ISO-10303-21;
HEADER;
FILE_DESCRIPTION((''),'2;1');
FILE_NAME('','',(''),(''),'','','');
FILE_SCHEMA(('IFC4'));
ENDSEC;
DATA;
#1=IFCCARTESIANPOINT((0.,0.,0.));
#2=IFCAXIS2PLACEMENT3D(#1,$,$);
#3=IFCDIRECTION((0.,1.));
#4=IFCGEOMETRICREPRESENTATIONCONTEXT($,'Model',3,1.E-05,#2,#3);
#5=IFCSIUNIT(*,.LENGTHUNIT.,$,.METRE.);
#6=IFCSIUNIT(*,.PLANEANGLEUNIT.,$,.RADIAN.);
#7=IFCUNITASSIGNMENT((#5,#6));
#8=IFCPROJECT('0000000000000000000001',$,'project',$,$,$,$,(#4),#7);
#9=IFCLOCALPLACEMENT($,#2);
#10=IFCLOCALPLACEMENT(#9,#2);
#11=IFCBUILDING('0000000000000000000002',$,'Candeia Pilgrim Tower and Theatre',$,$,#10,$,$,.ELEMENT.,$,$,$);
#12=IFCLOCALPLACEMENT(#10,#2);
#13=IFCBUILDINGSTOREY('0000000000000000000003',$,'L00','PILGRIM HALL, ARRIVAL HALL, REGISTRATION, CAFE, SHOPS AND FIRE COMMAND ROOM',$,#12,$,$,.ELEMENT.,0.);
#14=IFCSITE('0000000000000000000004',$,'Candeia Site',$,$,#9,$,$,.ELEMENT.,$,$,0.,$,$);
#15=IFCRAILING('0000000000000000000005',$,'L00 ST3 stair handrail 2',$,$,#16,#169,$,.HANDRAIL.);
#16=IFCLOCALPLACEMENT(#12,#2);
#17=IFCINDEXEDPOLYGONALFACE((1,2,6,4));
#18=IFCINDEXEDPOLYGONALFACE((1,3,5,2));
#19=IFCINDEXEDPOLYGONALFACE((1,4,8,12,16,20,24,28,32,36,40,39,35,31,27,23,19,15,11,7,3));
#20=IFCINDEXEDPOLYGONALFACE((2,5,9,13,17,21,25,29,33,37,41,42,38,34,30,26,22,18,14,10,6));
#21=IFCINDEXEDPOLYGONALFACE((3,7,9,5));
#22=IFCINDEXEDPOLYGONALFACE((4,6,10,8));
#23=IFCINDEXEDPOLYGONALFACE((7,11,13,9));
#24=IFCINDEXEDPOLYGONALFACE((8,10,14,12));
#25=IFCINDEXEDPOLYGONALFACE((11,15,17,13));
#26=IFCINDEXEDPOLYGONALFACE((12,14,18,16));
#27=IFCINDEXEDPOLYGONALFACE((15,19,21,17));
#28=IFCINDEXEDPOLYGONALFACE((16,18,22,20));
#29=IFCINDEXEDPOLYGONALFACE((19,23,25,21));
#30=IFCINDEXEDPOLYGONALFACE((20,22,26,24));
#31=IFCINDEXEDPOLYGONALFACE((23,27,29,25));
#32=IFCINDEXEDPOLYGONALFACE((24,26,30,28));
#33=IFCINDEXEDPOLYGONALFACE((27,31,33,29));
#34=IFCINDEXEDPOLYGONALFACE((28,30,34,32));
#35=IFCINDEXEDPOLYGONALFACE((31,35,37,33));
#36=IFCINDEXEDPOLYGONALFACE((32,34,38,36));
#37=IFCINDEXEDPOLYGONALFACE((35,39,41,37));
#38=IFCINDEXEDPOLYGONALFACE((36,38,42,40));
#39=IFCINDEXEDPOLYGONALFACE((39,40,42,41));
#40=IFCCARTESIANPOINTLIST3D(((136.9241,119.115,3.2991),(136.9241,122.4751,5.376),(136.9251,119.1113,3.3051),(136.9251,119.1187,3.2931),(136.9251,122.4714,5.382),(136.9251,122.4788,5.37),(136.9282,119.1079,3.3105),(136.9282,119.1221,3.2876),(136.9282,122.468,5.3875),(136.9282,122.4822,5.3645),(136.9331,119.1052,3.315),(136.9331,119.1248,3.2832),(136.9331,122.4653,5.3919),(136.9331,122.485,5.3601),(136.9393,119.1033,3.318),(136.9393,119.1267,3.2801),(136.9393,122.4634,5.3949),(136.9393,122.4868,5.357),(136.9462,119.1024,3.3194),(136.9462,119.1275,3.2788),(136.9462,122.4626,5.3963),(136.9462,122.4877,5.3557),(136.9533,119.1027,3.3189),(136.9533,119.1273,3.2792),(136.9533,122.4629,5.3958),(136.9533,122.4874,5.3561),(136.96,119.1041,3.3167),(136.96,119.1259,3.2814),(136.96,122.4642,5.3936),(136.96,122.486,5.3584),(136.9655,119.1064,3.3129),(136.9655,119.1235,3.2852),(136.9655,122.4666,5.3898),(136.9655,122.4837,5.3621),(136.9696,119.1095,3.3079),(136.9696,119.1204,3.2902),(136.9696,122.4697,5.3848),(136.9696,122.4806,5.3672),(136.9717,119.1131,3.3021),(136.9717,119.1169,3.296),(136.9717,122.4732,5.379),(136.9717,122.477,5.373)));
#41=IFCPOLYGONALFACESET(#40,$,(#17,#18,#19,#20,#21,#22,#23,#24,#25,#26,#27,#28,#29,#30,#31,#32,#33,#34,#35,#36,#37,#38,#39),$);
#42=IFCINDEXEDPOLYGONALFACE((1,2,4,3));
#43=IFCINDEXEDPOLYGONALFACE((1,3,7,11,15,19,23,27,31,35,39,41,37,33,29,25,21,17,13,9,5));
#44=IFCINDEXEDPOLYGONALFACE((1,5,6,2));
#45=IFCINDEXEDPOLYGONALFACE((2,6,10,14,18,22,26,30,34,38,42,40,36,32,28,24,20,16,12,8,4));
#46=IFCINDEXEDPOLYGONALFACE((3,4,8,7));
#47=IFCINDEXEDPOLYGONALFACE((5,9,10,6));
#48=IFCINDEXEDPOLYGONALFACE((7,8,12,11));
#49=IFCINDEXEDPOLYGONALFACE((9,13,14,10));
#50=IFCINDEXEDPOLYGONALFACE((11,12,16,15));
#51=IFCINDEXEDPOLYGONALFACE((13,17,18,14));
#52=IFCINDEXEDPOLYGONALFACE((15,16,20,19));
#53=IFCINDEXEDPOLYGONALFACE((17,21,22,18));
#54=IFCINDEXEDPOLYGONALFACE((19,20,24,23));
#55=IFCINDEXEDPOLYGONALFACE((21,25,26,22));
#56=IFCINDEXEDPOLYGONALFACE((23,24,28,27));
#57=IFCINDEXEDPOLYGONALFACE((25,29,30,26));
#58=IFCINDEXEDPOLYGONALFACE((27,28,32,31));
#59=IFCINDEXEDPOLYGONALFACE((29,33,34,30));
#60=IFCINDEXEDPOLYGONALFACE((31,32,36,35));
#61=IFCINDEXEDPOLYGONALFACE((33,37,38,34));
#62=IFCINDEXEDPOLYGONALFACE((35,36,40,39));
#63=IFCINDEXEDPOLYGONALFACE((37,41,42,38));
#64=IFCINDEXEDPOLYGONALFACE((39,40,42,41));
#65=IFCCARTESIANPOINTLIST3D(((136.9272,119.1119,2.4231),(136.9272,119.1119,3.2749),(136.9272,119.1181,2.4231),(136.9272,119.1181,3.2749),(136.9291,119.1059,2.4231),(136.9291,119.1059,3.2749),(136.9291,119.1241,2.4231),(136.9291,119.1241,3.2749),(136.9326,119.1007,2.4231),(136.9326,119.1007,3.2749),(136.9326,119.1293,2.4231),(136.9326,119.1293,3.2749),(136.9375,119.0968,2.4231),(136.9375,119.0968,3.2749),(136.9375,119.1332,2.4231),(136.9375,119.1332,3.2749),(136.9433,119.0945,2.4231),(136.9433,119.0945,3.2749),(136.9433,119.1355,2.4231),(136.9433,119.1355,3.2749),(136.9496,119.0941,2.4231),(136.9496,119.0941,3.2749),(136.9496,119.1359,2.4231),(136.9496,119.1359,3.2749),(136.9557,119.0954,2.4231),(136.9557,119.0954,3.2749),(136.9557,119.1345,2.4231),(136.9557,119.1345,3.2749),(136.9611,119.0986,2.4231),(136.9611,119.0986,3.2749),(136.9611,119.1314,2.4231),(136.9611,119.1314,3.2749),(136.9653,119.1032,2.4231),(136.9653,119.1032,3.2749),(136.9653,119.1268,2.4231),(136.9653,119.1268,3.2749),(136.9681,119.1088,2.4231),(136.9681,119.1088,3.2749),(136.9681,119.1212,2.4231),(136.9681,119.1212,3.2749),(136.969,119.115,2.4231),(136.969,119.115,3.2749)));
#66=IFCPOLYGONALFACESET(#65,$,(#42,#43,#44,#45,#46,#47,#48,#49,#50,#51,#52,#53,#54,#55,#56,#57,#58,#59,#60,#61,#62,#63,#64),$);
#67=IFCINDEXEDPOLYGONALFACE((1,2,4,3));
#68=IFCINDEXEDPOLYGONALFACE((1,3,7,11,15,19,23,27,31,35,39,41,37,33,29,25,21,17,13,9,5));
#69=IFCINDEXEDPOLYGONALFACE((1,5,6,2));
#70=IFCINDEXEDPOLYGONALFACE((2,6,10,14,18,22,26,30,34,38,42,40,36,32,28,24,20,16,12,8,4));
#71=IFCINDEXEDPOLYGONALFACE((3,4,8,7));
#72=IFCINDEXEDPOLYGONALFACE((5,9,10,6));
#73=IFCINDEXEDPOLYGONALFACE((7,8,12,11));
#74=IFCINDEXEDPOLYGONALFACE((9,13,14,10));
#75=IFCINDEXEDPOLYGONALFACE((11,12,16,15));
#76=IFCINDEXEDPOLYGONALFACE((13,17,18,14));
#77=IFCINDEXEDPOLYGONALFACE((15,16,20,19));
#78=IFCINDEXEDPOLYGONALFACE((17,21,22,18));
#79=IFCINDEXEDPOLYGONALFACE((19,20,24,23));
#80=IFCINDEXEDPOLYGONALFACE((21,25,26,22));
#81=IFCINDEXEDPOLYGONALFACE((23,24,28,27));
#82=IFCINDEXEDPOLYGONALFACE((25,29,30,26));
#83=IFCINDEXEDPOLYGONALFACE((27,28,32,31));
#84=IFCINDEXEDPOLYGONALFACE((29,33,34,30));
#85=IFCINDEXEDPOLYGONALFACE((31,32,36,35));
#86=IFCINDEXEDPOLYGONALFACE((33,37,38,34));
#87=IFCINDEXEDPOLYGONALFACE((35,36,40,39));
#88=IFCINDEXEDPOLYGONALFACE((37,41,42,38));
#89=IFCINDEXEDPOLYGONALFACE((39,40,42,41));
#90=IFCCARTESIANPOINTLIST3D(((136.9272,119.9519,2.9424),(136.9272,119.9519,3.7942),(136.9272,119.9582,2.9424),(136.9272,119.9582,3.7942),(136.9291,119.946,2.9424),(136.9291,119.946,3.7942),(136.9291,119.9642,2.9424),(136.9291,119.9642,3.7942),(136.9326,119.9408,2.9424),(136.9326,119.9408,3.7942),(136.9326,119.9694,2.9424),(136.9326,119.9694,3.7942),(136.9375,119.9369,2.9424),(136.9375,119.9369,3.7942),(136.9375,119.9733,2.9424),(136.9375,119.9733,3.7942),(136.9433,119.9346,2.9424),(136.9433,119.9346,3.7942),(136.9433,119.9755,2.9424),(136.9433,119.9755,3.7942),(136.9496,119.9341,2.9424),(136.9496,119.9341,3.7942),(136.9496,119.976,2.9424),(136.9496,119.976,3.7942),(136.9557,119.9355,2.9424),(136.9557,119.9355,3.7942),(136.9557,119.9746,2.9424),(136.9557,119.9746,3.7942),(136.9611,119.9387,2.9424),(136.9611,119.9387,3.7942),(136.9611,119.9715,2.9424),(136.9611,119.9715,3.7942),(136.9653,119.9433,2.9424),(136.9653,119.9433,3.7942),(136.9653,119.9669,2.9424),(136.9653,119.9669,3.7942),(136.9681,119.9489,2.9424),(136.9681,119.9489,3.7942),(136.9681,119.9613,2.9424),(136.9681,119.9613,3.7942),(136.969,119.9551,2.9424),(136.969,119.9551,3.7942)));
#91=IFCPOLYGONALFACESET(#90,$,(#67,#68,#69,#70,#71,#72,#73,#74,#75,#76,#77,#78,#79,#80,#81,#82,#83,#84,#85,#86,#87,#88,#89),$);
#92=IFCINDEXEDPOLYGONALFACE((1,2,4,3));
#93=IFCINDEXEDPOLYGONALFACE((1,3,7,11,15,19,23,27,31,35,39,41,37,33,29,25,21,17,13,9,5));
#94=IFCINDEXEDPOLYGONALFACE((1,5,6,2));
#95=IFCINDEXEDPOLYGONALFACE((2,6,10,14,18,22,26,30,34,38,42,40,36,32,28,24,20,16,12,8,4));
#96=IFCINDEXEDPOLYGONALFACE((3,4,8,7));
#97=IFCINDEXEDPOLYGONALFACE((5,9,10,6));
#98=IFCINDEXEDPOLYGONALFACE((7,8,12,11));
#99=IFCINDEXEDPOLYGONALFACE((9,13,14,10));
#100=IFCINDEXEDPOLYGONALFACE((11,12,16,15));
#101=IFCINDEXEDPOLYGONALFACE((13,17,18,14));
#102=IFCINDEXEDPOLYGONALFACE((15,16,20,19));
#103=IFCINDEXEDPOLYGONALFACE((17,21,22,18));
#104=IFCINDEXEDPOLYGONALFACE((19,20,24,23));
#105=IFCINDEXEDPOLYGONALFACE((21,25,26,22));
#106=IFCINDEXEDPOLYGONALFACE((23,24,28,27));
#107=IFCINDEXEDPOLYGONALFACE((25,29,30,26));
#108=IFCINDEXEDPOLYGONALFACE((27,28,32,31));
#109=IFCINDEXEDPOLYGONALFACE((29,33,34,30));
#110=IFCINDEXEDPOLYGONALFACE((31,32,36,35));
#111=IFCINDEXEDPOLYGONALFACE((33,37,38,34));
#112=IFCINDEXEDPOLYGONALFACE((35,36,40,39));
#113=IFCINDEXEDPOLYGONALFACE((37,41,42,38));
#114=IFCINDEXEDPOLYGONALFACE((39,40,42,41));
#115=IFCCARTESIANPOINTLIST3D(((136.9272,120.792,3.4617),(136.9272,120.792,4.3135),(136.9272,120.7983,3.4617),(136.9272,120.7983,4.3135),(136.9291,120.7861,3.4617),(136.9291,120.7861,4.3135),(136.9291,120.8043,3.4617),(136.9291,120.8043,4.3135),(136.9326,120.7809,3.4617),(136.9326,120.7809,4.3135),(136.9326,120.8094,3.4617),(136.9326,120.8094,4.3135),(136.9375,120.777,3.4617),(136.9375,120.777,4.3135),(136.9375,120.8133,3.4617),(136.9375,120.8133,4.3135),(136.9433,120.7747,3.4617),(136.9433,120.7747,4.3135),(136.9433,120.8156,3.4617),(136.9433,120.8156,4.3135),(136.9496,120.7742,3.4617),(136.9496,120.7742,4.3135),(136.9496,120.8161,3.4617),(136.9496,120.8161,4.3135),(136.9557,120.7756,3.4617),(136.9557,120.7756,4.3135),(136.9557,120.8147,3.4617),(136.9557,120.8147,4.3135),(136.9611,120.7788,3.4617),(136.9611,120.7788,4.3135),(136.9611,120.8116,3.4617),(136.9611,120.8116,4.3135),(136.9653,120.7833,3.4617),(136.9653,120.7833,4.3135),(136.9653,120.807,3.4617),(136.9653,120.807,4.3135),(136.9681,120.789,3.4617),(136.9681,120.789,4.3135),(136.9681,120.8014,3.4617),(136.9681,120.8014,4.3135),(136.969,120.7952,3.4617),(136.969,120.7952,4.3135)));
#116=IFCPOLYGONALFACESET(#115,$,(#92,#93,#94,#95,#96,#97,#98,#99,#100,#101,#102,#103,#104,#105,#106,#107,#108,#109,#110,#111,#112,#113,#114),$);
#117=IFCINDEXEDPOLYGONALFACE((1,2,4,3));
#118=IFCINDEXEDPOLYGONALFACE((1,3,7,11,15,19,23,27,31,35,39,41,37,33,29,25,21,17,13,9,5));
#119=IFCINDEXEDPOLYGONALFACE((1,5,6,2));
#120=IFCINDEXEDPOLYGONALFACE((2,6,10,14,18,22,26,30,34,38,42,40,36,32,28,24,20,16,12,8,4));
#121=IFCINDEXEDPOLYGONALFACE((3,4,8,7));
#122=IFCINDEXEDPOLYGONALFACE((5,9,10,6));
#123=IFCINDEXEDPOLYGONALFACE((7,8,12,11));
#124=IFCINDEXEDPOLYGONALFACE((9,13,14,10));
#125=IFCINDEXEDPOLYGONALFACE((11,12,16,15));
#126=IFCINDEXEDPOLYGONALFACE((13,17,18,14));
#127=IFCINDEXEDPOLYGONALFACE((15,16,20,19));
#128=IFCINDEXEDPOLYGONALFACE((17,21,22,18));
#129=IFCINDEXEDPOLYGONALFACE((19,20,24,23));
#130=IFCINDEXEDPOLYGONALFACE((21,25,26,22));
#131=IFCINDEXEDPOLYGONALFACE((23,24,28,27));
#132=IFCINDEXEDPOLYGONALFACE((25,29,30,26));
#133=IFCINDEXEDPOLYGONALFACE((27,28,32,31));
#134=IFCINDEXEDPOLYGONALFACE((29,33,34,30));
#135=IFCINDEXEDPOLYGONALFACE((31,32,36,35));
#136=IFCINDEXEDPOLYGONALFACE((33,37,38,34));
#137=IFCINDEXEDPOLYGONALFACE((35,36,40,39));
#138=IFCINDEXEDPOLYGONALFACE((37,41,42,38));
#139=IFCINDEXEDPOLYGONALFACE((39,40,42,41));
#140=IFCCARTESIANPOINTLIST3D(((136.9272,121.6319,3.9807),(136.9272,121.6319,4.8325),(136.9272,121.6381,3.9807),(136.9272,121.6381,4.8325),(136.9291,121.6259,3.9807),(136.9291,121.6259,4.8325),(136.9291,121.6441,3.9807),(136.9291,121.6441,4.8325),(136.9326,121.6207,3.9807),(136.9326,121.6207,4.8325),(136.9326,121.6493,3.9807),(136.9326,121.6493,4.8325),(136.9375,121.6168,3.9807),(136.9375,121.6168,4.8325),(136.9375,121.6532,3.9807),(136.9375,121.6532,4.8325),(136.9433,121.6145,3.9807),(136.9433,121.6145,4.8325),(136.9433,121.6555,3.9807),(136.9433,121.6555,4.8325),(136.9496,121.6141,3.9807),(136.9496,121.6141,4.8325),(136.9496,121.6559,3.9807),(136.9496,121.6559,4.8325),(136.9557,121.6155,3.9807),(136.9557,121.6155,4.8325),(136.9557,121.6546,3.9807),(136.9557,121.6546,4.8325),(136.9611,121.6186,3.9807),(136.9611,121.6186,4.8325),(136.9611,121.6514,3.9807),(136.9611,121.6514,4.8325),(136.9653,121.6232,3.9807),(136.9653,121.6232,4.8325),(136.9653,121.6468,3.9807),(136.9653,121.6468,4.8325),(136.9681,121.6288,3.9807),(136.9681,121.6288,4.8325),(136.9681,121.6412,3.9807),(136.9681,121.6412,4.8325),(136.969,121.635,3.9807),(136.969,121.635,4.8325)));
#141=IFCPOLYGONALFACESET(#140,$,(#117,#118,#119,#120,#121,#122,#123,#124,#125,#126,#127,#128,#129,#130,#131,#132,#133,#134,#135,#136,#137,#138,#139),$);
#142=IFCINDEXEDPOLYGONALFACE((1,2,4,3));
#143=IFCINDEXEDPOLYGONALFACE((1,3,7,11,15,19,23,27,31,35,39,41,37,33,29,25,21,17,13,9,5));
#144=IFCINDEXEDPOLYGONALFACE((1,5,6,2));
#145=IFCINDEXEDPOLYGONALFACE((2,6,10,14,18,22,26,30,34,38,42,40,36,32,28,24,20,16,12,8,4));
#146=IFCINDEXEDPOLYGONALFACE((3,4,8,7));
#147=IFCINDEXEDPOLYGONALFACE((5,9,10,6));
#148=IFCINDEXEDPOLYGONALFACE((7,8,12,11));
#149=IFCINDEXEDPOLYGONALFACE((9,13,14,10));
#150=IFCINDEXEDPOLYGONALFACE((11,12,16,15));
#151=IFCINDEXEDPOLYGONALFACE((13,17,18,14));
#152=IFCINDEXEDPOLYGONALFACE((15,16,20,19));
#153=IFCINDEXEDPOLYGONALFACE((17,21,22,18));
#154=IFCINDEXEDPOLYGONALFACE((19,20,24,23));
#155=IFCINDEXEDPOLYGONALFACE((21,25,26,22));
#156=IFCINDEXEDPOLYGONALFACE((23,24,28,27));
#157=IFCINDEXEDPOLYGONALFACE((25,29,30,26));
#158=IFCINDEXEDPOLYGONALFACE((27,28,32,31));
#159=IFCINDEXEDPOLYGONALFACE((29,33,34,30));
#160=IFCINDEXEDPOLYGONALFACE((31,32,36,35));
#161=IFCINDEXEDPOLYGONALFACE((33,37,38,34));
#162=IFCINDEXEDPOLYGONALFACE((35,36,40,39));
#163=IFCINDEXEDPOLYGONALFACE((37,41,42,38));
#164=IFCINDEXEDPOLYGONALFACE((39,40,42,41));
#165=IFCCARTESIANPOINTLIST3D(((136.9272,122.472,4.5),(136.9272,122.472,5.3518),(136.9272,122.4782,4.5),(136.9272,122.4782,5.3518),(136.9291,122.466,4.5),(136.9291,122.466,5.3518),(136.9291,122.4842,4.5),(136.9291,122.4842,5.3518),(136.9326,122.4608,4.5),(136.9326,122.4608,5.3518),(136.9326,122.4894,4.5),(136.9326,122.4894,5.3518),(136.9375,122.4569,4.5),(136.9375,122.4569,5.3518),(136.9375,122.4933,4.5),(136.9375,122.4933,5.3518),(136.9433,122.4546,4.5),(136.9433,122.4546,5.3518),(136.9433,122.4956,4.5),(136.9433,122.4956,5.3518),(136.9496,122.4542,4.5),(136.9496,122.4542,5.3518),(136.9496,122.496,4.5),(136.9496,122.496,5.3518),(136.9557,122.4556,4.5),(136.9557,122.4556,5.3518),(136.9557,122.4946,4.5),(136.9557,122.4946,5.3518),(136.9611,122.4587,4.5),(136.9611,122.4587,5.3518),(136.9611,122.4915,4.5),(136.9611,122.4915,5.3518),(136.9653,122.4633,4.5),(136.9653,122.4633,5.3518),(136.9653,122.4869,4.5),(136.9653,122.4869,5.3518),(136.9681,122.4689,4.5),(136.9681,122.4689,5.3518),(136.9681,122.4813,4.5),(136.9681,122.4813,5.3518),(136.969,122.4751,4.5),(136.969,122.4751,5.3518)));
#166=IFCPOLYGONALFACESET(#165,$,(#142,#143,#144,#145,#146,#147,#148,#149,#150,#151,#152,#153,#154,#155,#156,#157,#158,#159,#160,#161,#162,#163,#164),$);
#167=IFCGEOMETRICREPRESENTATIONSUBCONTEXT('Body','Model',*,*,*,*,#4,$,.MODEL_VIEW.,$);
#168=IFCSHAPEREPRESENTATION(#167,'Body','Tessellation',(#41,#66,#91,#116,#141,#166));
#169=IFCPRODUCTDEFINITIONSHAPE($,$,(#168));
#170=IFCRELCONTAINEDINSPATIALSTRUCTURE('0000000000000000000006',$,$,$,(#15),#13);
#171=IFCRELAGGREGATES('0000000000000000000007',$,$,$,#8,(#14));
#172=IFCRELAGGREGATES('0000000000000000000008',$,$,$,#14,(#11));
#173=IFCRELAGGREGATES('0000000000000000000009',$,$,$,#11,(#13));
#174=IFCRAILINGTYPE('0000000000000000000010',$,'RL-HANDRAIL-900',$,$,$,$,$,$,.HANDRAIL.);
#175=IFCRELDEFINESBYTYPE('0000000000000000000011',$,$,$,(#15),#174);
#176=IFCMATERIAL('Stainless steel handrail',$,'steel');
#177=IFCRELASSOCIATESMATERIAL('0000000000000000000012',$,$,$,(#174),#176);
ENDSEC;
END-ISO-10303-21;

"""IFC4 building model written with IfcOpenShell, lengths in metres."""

from ifc_helpers import new_model, si_unit, direction, frame, origin, origin_2d, place, context, subcontext, project, spatial, circle, extrude, material, type_object, element, save


model = new_model("IFC4")

# Units and contexts
model_context = context("Model", 3, precision=1e-05, world=origin(), true_north=direction((0.0, 1.0)))
body_context = subcontext(model_context, "Body", "Model", "MODEL_VIEW")
ifc_project = project(units=[si_unit("LENGTHUNIT", "METRE"), si_unit("PLANEANGLEUNIT", "RADIAN")], contexts=[model_context])

# Site, building, storey
site_placement = place(None, origin())
site = spatial("IfcSite", under=ifc_project, at=site_placement, Name="Candeia Site", CompositionType="ELEMENT", RefElevation=0.0)
building_placement = place(site_placement, origin())
building = spatial("IfcBuilding", under=site, at=building_placement, Name="Candeia Pilgrim Tower and Theatre", CompositionType="ELEMENT")
storey_placement = place(building_placement, origin())
storey = spatial("IfcBuildingStorey", under=building, at=storey_placement, Name="L00", Description="PILGRIM HALL, ARRIVAL HALL, REGISTRATION, CAFE, SHOPS AND FIRE COMMAND ROOM", CompositionType="ELEMENT", Elevation=0.0)

# Railing
ifc_material_1 = material(Name="Stainless steel handrail", Category="steel")
railing_type_1 = type_object("IfcRailingType", Name="RL-HANDRAIL-900", PredefinedType="HANDRAIL", material=ifc_material_1)
railing_1_placement = place(storey_placement, frame((136.948, 119.115, 2.4231)))
element("IfcRailing", 1, at=railing_1_placement, inside=storey, type_object=railing_type_1, Name="L00 ST3 stair handrail 2", PredefinedType="HANDRAIL", context=body_context, shape_type="SweptSolid", body=[
    extrude(circle(Radius=0.0239, at=origin_2d()), frame((0.0, 0.0, 0.876), z_axis=(0.0, 0.850623, 0.525776), x_axis=(-1.0, 0.0, 0.0)), (0.0, 0.0, 1.0), 3.9502),
    extrude(circle(Radius=0.021, at=origin_2d()), origin(), (0.0, 0.0, 1.0), 0.8518),
    extrude(circle(Radius=0.021, at=origin_2d()), frame((0.0, 0.8401, 0.5193)), (0.0, 0.0, 1.0), 0.8518),
    extrude(circle(Radius=0.021, at=origin_2d()), frame((0.0, 1.6802, 1.0386)), (0.0, 0.0, 1.0), 0.8518),
    extrude(circle(Radius=0.021, at=origin_2d()), frame((0.0, 2.52, 1.5576)), (0.0, 0.0, 1.0), 0.8518),
    extrude(circle(Radius=0.021, at=origin_2d()), frame((0.0, 3.3601, 2.0769)), (0.0, 0.0, 1.0), 0.8518),
])

save(model, "model.ifc")
